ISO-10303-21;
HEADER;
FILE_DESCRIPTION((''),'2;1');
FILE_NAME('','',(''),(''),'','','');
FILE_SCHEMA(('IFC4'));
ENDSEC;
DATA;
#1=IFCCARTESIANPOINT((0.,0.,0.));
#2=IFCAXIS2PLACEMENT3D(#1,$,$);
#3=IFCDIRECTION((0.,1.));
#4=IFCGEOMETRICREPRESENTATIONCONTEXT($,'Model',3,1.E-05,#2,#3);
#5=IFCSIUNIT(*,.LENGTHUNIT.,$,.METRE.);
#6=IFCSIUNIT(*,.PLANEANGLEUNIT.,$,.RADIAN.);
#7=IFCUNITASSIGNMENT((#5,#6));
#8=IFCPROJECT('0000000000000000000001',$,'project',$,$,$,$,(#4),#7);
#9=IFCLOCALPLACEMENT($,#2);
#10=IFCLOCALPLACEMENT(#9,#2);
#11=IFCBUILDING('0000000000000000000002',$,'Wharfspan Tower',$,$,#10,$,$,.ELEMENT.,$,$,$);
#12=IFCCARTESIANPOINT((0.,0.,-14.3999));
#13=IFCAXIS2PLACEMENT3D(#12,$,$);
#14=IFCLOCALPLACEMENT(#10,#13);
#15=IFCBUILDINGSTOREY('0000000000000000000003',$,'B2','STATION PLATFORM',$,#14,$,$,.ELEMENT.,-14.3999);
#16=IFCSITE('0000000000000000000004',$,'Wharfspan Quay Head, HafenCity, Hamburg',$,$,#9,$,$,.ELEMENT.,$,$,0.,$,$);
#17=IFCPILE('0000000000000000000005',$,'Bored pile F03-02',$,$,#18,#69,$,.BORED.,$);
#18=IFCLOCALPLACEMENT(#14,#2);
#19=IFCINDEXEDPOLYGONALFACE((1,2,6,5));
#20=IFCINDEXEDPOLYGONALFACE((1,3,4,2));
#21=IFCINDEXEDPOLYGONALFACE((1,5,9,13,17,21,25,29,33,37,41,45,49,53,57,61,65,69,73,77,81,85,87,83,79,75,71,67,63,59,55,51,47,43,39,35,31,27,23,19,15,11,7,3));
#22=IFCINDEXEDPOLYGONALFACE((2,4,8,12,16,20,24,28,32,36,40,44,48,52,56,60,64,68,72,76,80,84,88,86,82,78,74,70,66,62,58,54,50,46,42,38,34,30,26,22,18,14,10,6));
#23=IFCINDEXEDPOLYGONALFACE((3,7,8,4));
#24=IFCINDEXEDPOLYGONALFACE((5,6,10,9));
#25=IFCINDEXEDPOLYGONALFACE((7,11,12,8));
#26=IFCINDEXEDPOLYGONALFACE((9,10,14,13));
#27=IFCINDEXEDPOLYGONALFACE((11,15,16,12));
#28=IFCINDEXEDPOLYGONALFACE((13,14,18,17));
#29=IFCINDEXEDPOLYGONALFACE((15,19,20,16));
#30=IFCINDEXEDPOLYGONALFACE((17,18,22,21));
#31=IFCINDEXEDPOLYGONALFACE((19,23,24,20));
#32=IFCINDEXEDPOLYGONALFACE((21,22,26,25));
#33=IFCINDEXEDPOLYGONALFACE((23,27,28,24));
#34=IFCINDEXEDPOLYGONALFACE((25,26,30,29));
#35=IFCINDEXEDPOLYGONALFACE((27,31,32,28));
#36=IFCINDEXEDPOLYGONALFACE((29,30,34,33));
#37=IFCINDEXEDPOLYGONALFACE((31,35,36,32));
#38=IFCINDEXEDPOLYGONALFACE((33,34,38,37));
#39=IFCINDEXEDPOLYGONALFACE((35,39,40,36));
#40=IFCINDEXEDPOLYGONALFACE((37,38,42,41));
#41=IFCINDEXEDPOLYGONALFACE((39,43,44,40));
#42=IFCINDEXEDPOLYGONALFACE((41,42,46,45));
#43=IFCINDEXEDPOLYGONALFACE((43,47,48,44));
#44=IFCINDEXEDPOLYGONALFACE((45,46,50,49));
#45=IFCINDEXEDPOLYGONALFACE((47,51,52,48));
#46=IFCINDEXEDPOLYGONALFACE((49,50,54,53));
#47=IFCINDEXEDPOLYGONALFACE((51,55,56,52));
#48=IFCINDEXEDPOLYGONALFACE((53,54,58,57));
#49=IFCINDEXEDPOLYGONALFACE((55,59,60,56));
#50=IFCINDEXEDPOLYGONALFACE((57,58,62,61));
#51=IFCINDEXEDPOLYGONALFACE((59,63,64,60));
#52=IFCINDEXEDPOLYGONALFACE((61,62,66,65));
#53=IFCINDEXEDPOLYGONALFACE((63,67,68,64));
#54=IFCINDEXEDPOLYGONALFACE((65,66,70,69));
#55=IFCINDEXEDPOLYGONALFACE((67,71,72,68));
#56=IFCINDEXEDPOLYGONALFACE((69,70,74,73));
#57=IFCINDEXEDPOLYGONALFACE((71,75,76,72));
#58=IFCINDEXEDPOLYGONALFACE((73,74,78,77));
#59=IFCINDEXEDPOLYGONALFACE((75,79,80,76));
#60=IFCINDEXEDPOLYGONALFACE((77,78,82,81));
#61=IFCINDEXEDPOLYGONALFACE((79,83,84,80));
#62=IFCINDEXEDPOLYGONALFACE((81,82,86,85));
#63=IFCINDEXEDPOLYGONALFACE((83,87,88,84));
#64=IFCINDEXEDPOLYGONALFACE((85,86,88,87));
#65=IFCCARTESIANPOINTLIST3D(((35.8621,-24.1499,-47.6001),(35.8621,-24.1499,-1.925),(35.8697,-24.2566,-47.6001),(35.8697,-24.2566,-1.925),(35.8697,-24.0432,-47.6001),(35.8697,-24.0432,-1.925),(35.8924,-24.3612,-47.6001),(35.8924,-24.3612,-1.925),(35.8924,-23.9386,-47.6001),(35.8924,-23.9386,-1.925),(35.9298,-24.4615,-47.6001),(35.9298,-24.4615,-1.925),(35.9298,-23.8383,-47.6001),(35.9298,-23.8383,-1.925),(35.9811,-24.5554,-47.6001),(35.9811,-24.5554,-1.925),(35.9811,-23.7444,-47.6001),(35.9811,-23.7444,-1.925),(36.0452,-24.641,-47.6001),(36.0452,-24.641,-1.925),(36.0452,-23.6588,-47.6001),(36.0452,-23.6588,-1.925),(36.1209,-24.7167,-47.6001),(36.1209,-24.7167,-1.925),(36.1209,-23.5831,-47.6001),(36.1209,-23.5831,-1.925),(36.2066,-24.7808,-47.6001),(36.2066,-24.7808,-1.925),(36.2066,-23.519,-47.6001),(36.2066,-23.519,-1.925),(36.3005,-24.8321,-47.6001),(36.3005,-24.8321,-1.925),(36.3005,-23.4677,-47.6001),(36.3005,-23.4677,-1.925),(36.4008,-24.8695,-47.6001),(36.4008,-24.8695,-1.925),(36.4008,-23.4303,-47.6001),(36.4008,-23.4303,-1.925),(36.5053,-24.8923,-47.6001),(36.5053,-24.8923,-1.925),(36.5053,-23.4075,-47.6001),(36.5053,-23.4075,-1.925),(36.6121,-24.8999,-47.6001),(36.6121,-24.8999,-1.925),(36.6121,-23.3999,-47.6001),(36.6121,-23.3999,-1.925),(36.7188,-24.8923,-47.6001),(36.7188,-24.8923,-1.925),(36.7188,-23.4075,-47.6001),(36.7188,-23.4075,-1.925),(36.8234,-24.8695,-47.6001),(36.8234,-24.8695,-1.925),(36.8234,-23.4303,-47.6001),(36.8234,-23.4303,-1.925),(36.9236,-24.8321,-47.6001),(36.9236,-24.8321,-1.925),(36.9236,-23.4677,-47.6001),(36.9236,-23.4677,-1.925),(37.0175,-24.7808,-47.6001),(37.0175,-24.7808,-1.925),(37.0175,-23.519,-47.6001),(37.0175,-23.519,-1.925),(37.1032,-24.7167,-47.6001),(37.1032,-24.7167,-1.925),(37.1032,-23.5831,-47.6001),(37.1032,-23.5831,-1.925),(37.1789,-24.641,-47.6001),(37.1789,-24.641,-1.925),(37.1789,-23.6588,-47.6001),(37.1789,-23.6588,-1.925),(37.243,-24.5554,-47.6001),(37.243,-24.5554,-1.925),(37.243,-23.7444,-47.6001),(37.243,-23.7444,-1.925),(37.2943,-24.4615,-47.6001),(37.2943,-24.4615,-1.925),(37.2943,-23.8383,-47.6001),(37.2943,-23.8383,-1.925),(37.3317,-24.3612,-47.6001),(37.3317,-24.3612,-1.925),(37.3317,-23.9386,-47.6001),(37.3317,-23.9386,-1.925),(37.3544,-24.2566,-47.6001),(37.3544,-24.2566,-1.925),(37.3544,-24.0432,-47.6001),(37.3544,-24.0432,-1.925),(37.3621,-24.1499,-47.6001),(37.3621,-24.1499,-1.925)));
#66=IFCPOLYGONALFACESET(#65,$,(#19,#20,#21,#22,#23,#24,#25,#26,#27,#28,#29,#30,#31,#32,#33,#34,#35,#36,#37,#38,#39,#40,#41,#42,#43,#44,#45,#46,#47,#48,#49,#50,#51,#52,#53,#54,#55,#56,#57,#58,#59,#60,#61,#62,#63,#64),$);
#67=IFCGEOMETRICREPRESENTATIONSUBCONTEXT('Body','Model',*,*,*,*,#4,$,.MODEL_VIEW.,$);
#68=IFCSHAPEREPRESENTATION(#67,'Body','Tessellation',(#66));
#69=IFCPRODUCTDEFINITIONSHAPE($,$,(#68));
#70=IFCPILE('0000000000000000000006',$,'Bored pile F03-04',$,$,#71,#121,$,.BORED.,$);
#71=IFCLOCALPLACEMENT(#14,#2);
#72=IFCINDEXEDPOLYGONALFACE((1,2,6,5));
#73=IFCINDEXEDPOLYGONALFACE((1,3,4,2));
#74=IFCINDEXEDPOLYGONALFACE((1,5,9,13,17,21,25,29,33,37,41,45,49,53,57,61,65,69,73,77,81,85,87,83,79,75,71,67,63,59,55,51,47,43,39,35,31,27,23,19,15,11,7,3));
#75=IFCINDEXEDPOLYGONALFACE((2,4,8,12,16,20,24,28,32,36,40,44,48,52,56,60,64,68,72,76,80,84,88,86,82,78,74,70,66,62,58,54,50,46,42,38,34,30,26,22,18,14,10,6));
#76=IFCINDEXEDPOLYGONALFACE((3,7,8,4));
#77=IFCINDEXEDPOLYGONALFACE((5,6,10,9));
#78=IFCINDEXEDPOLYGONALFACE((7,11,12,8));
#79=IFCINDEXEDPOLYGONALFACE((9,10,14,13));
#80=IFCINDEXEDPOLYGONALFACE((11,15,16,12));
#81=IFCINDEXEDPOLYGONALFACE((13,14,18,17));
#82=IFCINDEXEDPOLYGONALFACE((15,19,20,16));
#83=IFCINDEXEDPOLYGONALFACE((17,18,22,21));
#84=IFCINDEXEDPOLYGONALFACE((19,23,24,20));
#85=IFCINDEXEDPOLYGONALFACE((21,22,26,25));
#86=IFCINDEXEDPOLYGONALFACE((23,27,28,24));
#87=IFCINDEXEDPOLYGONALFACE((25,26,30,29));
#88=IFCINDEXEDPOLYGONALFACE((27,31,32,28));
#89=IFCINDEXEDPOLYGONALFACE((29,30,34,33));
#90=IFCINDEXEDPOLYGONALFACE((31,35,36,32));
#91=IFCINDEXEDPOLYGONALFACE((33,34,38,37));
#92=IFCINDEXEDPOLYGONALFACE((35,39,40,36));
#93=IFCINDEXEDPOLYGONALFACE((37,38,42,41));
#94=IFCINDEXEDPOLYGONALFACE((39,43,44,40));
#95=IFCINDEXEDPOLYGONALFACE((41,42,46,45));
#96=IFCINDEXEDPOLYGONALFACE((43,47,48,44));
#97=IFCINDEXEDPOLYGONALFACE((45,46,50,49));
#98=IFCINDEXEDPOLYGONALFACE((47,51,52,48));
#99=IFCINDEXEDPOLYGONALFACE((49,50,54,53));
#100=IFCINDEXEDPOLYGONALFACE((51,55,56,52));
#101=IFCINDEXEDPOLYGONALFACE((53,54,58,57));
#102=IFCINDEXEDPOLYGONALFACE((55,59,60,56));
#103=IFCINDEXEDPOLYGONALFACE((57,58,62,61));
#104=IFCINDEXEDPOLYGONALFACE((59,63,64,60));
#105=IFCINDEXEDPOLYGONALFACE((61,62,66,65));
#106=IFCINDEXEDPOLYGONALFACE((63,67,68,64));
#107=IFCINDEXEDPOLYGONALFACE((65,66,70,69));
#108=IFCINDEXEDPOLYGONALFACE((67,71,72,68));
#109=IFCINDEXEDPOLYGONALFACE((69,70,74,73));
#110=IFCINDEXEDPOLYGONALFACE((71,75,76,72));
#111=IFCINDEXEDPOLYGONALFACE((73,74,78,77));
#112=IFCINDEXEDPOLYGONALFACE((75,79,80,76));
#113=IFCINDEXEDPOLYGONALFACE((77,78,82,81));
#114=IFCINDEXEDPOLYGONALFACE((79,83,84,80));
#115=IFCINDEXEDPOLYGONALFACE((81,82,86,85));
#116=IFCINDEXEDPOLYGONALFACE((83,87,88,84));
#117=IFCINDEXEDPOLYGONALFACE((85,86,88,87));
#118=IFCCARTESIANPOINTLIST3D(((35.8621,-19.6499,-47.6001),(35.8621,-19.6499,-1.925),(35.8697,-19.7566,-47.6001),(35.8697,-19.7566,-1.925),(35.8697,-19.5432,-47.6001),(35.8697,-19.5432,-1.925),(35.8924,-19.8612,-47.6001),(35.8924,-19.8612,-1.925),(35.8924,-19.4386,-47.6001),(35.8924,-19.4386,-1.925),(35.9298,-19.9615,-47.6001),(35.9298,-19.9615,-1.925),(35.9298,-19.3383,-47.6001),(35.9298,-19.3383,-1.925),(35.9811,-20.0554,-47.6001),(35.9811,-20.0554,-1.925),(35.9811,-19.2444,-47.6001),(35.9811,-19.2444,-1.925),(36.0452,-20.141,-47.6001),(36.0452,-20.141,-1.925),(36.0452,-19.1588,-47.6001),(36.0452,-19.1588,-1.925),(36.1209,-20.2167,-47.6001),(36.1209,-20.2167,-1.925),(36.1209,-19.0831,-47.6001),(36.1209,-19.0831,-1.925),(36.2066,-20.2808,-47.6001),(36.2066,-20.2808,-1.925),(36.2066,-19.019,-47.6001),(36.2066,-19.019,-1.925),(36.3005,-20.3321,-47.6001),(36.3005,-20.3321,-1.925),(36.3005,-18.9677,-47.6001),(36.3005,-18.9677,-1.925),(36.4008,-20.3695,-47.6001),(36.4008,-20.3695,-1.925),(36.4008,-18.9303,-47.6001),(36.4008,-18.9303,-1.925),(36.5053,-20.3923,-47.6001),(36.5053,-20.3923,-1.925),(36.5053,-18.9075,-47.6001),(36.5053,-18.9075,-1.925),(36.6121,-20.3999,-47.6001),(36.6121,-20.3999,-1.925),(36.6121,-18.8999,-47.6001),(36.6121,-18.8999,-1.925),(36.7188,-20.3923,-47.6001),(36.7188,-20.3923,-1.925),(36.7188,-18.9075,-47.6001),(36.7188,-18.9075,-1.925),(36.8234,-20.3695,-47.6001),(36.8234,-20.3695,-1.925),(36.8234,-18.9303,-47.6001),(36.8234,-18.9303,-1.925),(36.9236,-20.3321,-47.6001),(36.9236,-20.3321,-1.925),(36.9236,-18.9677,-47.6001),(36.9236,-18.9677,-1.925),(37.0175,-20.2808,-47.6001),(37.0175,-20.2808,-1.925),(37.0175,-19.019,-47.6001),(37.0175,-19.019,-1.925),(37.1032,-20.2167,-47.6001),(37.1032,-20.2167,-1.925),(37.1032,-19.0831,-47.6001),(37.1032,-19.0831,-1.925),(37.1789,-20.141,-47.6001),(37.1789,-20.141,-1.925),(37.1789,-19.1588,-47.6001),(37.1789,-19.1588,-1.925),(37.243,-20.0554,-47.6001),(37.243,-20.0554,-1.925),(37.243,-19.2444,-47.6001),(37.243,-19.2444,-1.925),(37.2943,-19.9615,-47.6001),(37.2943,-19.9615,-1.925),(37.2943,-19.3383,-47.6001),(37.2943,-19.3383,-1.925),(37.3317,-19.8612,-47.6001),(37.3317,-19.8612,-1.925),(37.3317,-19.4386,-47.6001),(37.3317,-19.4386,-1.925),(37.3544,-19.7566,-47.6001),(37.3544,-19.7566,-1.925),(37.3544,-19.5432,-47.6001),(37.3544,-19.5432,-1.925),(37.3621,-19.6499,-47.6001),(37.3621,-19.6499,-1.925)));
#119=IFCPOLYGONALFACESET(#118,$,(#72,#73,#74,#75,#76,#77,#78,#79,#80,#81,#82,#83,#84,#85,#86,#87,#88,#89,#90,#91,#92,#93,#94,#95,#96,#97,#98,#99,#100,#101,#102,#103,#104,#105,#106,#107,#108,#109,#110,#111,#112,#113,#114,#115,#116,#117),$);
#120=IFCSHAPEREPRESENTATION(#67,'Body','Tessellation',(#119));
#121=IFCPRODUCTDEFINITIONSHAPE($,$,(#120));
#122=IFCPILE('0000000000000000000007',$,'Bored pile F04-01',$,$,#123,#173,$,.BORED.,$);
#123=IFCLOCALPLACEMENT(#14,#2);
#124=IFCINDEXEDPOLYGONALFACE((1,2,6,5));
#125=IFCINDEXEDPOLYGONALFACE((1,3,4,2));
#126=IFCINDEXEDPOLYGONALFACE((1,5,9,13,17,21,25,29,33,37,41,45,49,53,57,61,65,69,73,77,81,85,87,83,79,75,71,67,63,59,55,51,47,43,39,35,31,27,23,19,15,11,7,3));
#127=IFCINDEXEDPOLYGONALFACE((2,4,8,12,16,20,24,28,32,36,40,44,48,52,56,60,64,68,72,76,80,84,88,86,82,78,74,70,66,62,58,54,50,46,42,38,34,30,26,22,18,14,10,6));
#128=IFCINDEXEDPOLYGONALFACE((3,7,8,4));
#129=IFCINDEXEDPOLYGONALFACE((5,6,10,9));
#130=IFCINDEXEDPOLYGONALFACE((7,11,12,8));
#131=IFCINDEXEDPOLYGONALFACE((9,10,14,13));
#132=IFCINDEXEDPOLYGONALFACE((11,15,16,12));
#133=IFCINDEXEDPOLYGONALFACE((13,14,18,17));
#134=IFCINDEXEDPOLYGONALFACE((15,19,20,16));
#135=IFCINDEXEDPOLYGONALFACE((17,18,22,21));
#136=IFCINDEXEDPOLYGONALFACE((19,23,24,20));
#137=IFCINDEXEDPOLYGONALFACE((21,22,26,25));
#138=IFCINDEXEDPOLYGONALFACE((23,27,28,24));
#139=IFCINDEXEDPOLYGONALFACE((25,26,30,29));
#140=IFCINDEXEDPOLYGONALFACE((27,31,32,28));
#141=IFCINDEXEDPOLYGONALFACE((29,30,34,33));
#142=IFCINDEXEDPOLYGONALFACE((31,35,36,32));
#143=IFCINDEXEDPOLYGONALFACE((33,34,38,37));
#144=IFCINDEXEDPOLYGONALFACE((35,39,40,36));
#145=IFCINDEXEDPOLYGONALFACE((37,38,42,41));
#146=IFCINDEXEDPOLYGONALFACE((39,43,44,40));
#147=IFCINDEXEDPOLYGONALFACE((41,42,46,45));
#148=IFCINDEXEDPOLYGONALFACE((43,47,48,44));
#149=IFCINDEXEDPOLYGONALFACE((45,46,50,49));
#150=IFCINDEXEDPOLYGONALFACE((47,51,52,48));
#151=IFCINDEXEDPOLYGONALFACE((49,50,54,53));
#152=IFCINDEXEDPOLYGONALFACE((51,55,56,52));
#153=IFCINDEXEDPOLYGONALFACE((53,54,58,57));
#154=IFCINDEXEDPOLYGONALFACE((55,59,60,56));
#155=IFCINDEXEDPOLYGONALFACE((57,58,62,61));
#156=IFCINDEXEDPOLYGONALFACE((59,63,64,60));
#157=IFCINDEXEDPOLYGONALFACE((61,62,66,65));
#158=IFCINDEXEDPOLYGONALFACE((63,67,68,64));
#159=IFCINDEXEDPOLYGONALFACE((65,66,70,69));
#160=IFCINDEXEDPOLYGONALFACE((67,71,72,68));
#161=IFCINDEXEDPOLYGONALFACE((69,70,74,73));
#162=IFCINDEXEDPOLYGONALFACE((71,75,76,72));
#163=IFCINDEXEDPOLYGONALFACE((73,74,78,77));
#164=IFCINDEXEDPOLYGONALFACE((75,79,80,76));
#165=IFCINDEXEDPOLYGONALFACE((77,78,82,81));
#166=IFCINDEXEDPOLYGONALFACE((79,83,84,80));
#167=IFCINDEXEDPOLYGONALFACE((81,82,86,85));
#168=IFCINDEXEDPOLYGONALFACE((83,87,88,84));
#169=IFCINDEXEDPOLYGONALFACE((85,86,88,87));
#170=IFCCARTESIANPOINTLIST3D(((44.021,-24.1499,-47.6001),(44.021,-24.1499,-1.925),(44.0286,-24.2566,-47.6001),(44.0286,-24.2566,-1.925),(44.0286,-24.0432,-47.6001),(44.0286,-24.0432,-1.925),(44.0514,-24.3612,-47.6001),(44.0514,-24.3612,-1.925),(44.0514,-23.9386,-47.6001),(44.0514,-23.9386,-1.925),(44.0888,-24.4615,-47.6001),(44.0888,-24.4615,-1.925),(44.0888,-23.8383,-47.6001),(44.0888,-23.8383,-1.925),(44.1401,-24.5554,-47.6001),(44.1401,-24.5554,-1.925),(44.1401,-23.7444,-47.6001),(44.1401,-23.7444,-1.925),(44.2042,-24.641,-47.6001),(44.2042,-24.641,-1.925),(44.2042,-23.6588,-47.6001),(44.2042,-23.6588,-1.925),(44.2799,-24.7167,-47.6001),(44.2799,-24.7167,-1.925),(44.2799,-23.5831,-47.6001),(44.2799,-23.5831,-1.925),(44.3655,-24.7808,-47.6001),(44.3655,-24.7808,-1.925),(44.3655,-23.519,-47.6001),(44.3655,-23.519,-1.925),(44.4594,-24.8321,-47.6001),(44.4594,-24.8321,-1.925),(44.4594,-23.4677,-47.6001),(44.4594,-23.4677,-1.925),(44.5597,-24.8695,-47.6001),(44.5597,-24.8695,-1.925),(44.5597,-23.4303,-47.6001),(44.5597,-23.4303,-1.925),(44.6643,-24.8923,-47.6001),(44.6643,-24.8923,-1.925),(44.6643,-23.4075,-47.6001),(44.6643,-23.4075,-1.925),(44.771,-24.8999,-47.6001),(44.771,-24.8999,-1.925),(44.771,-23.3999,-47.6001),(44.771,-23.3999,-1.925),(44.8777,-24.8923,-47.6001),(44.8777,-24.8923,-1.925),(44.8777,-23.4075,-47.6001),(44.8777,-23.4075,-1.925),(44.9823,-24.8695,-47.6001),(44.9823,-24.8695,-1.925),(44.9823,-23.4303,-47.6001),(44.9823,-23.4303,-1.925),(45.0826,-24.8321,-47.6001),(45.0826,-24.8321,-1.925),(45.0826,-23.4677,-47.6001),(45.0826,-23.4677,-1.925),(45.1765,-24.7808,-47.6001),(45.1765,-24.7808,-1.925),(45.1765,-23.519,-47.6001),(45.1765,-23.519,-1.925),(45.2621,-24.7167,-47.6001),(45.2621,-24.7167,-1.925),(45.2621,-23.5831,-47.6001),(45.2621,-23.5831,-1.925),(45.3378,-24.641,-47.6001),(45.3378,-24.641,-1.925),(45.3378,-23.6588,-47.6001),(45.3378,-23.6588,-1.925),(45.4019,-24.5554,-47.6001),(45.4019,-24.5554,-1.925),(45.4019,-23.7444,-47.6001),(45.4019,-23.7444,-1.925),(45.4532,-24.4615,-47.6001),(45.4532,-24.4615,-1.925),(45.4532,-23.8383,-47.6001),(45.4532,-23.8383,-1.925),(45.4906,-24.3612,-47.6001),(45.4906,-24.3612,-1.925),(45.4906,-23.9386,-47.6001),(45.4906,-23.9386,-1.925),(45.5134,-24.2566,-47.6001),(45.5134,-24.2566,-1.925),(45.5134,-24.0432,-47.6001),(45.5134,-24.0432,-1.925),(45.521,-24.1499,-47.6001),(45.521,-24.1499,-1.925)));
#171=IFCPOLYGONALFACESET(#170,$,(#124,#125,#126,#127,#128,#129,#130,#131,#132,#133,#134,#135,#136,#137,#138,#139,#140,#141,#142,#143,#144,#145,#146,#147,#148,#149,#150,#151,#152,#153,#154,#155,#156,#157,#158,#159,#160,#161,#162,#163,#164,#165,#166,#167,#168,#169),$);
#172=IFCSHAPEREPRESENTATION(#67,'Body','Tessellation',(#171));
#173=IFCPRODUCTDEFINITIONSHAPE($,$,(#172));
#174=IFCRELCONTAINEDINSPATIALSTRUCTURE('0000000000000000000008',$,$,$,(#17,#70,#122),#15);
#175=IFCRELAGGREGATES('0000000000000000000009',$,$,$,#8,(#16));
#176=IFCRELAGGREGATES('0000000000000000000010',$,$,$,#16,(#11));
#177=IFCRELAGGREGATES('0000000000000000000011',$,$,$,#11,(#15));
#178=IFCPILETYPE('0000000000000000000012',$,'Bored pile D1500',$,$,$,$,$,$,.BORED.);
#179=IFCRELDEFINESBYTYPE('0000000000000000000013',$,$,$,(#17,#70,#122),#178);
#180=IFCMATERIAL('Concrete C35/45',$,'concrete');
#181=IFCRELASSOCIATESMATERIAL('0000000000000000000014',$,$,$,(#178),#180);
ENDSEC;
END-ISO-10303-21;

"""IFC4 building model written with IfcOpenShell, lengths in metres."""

from ifc_helpers import new_model, si_unit, direction, frame, origin, origin_2d, place, context, subcontext, project, spatial, circle, extrude, material, material_profile, profile_set, type_object, element, save


model = new_model("IFC4")

# Units and contexts
model_context = context("Model", 3, precision=1e-05, world=origin(), true_north=direction((0.0, 1.0)))
body_context = subcontext(model_context, "Body", "Model", "MODEL_VIEW")
ifc_project = project(units=[si_unit("LENGTHUNIT", "METRE"), si_unit("PLANEANGLEUNIT", "RADIAN")], contexts=[model_context])

# Site, building, storey
site_placement = place(None, origin())
site = spatial("IfcSite", under=ifc_project, at=site_placement, Name="Wharfspan Quay Head, HafenCity, Hamburg", CompositionType="ELEMENT", RefElevation=0.0)
building_placement = place(site_placement, origin())
building = spatial("IfcBuilding", under=site, at=building_placement, Name="Wharfspan Tower", CompositionType="ELEMENT")
storey_placement = place(building_placement, frame((0.0, 0.0, -14.3999)))
storey = spatial("IfcBuildingStorey", under=building, at=storey_placement, Name="B2", Description="STATION PLATFORM", CompositionType="ELEMENT", Elevation=-14.3999)

# Piles
ifc_material_1 = material(Name="Concrete C35/45", Category="concrete")
ifc_material_profile_1 = material_profile(ifc_material_1, circle(Radius=0.75, at=origin_2d()))
ifc_profile_set_1 = profile_set([ifc_material_profile_1], Name="Concrete C35/45")
pile_type = type_object("IfcPileType", Name="Bored pile D1500", PredefinedType="BORED", material=ifc_profile_set_1)
for number, where, z_axis, x_axis, name in (
    (1, (36.6121, -24.1499, -1.925), (0.0, 0.0, -1.0), (1.0, 0.0, 0.0), "Bored pile F03-02"),
    (2, (36.6121, -19.6499, -1.925), (0.0, 0.0, -1.0), (1.0, 0.0, 0.0), "Bored pile F03-04"),
    (3, (44.771, -24.1499, -1.925), (0.0, 0.0, -1.0), (1.0, 0.0, 0.0), "Bored pile F04-01"),
):
    element("IfcPile", number, at=place(storey_placement, frame(where, z_axis=z_axis, x_axis=x_axis)), inside=storey, type_object=pile_type, Name=name, PredefinedType="BORED", context=body_context, shape_type="SweptSolid", body=[
        extrude(circle(Radius=0.75, at=origin_2d()), origin(), (0.0, 0.0, 1.0), 45.675),
    ])

save(model, "model.ifc")
